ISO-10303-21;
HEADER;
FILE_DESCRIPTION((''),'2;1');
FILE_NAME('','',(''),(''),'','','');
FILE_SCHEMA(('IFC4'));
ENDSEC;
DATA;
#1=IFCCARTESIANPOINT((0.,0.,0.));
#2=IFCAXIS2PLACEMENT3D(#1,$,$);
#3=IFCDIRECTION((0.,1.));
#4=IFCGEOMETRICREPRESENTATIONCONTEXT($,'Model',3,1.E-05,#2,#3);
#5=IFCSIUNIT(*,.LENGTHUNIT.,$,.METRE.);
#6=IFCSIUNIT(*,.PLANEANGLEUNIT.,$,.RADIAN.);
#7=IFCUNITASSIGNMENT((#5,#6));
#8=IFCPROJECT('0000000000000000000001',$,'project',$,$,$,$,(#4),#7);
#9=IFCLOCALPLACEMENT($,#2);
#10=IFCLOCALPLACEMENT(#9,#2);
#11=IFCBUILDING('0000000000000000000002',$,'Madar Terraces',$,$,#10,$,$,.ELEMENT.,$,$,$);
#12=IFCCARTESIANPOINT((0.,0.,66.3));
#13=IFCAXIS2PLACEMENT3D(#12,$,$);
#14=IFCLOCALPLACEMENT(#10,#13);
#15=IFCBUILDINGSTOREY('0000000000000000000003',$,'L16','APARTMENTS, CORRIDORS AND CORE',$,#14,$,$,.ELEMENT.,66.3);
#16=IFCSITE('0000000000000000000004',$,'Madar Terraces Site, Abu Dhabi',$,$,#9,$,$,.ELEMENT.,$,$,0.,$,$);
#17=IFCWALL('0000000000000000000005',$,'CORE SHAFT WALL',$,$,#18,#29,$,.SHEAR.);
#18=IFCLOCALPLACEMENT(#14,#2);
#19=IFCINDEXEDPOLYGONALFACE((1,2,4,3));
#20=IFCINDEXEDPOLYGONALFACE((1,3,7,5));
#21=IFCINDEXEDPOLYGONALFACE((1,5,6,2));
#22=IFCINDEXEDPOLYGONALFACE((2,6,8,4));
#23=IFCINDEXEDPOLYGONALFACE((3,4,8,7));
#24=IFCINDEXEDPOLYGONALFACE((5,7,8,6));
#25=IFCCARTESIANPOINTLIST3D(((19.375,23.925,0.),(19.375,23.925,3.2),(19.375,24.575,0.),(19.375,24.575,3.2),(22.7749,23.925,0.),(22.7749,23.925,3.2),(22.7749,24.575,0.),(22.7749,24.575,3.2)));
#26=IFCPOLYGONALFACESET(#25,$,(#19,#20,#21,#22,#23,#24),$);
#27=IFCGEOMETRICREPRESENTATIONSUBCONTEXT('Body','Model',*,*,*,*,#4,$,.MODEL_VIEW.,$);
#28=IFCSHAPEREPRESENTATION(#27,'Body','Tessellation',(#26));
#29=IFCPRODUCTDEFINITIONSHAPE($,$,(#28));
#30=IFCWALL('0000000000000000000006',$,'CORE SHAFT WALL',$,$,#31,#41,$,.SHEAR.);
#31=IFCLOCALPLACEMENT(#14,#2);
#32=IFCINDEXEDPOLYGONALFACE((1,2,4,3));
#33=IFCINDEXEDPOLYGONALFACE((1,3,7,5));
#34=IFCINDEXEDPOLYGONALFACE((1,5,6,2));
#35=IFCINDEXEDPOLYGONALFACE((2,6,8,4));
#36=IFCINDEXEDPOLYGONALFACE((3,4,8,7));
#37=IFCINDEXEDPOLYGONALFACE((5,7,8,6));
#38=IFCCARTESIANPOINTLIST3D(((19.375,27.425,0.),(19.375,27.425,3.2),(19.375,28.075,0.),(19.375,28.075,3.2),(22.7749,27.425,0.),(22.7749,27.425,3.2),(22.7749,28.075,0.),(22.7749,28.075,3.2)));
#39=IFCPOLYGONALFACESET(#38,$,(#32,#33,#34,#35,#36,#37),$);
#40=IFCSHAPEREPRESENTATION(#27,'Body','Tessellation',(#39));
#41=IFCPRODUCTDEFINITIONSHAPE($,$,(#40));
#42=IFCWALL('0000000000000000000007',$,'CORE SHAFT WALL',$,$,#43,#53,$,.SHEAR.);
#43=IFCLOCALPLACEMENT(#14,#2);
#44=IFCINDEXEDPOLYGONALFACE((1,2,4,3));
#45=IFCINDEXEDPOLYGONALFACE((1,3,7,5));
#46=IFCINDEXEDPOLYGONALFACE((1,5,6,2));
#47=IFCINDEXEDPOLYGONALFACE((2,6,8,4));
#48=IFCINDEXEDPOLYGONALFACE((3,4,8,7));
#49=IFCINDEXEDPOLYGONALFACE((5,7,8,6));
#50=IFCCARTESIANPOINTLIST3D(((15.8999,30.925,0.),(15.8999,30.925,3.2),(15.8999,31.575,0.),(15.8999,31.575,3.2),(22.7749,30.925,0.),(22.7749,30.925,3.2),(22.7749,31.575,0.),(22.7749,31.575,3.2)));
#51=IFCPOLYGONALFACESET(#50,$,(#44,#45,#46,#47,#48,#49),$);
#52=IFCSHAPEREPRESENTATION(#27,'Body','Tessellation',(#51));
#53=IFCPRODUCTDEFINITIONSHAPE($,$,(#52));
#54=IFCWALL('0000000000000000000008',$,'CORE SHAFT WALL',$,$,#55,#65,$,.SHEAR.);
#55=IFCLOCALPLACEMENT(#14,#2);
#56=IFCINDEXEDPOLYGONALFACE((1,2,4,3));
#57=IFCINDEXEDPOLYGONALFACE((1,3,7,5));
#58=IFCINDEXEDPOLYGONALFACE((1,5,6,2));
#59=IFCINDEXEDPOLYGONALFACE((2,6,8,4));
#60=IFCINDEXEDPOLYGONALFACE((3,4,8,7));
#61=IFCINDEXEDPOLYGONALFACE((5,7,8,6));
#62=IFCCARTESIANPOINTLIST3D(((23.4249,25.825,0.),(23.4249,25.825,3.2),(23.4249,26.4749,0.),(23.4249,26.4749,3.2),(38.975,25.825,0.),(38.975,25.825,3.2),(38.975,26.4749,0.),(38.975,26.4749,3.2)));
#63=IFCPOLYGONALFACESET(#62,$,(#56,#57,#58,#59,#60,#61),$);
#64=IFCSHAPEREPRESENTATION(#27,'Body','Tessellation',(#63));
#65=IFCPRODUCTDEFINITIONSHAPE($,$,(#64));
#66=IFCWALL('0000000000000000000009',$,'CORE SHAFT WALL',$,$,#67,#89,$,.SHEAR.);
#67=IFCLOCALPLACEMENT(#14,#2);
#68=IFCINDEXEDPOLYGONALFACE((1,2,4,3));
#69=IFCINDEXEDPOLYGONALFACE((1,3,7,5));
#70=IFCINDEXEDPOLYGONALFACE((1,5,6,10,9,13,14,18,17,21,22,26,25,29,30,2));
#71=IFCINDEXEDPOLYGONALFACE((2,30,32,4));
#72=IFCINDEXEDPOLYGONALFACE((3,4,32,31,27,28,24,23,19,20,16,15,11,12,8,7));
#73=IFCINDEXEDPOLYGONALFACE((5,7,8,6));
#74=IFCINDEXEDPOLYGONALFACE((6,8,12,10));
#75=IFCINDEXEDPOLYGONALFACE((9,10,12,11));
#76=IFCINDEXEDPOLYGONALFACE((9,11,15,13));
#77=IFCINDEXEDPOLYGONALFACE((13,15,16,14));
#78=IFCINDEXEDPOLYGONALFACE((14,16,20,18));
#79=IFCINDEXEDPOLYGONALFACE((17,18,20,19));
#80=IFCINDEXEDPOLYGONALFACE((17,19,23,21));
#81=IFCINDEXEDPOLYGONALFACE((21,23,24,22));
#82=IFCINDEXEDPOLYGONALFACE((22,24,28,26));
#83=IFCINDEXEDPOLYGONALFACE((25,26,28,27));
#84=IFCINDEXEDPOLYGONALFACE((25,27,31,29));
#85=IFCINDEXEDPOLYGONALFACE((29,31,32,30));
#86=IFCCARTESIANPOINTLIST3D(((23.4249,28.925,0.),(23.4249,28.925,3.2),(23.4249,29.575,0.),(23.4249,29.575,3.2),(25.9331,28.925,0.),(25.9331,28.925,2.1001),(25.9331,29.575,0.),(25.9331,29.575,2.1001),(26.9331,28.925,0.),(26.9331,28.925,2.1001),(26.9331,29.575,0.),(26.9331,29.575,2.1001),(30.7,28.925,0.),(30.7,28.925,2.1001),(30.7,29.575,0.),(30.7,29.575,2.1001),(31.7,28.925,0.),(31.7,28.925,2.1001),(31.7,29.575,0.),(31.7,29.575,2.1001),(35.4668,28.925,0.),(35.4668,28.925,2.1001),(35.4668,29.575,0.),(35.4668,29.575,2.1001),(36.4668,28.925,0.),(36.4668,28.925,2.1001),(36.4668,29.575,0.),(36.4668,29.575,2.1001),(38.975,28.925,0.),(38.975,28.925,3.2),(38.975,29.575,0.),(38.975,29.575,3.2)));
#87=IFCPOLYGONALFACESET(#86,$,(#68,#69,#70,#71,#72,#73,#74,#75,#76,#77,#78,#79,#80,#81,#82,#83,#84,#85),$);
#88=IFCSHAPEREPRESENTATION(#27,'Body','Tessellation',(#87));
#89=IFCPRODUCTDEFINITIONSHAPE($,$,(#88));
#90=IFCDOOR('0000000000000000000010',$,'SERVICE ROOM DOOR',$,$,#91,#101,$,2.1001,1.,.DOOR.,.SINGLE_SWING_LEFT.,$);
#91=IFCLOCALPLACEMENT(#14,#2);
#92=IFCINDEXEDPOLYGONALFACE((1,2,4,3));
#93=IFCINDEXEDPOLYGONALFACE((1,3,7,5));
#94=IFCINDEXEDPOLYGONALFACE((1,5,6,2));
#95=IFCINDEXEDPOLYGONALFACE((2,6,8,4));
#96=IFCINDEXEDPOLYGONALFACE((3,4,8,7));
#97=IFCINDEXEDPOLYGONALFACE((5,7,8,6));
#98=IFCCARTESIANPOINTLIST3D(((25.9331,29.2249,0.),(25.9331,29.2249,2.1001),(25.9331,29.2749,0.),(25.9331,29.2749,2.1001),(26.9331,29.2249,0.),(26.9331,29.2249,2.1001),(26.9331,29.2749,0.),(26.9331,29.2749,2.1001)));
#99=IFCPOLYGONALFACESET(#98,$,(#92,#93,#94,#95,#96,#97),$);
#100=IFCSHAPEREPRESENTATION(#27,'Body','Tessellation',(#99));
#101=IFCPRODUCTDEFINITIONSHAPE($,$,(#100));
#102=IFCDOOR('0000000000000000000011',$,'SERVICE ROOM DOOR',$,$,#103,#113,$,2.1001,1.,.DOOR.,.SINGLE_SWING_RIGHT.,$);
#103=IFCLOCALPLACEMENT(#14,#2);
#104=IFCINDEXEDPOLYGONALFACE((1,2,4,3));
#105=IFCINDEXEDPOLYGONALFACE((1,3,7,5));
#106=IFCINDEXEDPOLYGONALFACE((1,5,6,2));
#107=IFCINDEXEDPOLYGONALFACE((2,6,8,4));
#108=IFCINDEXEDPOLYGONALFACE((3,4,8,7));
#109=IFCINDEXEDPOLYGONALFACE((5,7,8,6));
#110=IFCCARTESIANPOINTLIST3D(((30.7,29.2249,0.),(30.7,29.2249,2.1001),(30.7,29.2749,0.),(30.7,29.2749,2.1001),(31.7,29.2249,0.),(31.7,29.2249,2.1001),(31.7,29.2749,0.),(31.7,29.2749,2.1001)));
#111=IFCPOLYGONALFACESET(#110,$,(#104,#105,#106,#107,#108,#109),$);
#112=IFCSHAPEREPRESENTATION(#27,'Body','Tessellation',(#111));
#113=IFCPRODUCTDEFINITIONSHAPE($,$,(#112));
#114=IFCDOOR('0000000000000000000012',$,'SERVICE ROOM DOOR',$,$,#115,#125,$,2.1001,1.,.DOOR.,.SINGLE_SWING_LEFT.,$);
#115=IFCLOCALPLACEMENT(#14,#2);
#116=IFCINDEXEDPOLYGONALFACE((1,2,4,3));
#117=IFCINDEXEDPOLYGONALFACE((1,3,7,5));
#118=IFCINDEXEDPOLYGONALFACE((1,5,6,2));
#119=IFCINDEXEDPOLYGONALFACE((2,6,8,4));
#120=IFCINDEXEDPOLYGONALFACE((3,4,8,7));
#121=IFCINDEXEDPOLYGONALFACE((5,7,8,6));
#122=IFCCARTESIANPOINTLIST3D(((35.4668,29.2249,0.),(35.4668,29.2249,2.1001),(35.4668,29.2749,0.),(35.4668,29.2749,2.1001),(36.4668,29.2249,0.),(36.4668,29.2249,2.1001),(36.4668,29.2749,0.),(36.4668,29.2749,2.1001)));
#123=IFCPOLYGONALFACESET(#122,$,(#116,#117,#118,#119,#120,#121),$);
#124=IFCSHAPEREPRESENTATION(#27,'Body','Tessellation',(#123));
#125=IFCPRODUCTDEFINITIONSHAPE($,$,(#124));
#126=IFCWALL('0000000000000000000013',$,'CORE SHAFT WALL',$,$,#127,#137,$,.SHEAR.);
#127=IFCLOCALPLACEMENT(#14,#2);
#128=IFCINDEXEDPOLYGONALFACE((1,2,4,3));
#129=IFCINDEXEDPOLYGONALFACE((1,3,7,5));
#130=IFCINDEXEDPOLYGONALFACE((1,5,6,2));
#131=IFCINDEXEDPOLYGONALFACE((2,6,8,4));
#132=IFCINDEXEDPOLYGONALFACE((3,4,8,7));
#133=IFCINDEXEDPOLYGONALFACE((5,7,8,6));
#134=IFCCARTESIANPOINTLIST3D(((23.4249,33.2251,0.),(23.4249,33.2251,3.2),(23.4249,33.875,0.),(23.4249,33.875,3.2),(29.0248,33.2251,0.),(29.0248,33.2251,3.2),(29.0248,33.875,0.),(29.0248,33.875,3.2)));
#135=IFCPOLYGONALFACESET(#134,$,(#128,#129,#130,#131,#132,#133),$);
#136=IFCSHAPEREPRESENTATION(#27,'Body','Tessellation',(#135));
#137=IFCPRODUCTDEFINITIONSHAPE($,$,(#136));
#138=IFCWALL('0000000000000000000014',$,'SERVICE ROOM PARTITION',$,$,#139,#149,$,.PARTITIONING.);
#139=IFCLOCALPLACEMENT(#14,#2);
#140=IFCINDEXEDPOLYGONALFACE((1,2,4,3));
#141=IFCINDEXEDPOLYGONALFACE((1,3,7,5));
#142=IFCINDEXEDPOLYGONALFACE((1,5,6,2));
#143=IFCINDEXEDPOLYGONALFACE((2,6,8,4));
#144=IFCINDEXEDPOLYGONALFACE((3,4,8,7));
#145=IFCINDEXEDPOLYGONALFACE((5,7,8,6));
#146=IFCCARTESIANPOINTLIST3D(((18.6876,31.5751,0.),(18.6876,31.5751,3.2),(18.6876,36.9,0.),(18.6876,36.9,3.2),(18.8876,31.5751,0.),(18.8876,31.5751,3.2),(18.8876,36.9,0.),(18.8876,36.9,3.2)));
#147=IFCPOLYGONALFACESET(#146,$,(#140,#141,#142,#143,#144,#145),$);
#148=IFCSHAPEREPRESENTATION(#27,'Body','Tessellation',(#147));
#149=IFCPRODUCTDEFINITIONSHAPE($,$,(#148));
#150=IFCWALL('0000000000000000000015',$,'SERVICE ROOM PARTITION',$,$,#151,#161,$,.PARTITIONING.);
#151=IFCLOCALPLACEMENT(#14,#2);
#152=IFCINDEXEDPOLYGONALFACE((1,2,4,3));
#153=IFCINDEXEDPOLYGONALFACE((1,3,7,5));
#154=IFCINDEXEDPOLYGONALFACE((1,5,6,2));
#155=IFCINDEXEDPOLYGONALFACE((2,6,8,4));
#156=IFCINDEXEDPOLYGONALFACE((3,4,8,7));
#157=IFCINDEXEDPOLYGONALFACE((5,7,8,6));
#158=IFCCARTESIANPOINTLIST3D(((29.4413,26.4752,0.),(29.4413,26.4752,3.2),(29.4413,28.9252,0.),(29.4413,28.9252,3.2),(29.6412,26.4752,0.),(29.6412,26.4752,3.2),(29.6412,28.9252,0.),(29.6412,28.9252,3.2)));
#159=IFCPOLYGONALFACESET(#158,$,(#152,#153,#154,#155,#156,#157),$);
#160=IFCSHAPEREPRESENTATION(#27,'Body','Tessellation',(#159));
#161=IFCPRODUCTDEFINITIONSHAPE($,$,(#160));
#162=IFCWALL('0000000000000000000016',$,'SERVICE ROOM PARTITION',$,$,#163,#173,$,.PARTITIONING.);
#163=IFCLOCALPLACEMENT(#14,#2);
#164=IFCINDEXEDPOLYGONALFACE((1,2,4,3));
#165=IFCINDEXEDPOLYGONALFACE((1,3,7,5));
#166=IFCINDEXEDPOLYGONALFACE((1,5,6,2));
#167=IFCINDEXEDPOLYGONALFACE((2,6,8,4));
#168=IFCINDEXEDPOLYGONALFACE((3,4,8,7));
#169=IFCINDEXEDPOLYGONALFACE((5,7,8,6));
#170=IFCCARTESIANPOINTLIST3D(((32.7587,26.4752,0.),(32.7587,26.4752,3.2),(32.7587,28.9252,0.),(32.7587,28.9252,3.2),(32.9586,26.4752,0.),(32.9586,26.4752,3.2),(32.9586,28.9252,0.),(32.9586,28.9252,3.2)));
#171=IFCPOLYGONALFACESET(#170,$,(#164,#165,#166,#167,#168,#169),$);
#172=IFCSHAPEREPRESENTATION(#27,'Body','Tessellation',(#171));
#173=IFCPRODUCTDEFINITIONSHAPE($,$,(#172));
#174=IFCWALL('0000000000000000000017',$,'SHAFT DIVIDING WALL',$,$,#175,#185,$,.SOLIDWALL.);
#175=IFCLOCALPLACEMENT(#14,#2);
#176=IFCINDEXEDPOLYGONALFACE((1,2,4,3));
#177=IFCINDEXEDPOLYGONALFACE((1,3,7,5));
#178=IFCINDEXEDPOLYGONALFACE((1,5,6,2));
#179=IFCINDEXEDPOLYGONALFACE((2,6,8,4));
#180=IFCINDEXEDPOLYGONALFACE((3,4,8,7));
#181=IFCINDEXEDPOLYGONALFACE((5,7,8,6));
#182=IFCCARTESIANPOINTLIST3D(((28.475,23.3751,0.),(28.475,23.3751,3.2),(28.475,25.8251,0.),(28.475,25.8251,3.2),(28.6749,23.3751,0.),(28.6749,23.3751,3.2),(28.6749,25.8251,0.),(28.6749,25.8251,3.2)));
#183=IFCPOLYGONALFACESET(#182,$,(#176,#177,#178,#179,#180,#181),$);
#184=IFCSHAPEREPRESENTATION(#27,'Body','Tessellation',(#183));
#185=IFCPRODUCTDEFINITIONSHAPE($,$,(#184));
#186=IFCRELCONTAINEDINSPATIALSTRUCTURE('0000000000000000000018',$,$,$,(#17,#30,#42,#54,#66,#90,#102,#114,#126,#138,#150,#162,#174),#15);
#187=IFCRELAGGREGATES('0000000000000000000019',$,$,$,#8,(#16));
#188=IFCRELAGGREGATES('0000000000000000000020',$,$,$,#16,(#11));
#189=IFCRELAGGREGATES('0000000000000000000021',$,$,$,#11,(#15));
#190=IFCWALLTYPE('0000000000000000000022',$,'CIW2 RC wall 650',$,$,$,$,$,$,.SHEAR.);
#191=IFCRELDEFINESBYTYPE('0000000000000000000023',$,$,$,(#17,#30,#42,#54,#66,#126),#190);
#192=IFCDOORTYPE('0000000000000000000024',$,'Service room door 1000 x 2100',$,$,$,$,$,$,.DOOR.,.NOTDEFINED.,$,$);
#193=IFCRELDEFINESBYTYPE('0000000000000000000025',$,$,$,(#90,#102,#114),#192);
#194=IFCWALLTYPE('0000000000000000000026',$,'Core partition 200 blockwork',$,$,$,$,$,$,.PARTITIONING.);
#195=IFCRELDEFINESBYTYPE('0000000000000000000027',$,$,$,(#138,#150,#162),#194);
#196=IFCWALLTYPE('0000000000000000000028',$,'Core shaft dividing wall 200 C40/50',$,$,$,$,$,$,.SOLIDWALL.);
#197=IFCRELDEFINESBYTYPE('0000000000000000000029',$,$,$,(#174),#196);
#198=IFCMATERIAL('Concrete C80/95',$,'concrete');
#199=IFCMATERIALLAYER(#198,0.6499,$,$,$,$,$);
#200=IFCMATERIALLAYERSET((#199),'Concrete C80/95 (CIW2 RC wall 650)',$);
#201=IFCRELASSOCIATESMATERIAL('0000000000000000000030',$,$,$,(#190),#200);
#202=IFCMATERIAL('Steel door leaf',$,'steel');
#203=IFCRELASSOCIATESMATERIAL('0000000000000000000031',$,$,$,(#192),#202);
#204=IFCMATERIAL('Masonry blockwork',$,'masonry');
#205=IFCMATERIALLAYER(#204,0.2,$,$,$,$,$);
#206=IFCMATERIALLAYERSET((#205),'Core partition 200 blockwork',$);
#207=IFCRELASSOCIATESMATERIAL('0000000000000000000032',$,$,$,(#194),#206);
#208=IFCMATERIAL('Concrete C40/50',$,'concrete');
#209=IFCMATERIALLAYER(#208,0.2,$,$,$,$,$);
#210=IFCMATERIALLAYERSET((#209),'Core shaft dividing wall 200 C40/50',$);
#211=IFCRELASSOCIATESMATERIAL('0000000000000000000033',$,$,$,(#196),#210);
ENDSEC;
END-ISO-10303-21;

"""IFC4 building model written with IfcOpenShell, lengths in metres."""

from ifc_helpers import new_model, si_unit, direction, frame, frame_2d, origin, place, context, subcontext, project, spatial, rectangle, extrude, material, layer, layer_set, type_object, element, fill, save


model = new_model("IFC4")

# Units and contexts
model_context = context("Model", 3, precision=1e-05, world=origin(), true_north=direction((0.0, 1.0)))
body_context = subcontext(model_context, "Body", "Model", "MODEL_VIEW")
ifc_project = project(units=[si_unit("LENGTHUNIT", "METRE"), si_unit("PLANEANGLEUNIT", "RADIAN")], contexts=[model_context])

# Site, building, storey
site_placement = place(None, origin())
site = spatial("IfcSite", under=ifc_project, at=site_placement, Name="Madar Terraces Site, Abu Dhabi", CompositionType="ELEMENT", RefElevation=0.0)
building_placement = place(site_placement, origin())
building = spatial("IfcBuilding", under=site, at=building_placement, Name="Madar Terraces", CompositionType="ELEMENT")
storey_placement = place(building_placement, frame((0.0, 0.0, 66.3)))
storey = spatial("IfcBuildingStorey", under=building, at=storey_placement, Name="L16", Description="APARTMENTS, CORRIDORS AND CORE", CompositionType="ELEMENT", Elevation=66.3)

# Walls
ifc_material_1 = material(Name="Concrete C80/95", Category="concrete")
ifc_layer_1 = layer(ifc_material_1, 0.6499)
ifc_layer_set_1 = layer_set([ifc_layer_1], Name="Concrete C80/95 (CIW2 RC wall 650)")
wall_type_1 = type_object("IfcWallType", Name="CIW2 RC wall 650", PredefinedType="SHEAR", material=ifc_layer_set_1)
for number, where, z_axis, x_axis, name in (
    (1, (19.375, 24.25, 0.0), (0.0, 0.0, 1.0), (1.0, 0.0, 0.0), "CORE SHAFT WALL"),
    (2, (19.375, 27.75, 0.0), (0.0, 0.0, 1.0), (1.0, 0.0, 0.0), "CORE SHAFT WALL"),
):
    element("IfcWall", number, at=place(storey_placement, frame(where, z_axis=z_axis, x_axis=x_axis)), inside=storey, type_object=wall_type_1, Name=name, PredefinedType="SHEAR", context=body_context, shape_type="SweptSolid", body=[
        extrude(rectangle(XDim=3.3999, YDim=0.6499, at=frame_2d((1.7, 0.0))), origin(), (0.0, 0.0, 1.0), 3.2),
    ])
wall_1_placement = place(storey_placement, frame((15.8999, 31.25, 0.0), z_axis=(0.0, 0.0, 1.0), x_axis=(1.0, 0.0, 0.0)))
element("IfcWall", 3, at=wall_1_placement, inside=storey, type_object=wall_type_1, Name="CORE SHAFT WALL", PredefinedType="SHEAR", context=body_context, shape_type="SweptSolid", body=[
    extrude(rectangle(XDim=6.875, YDim=0.6499, at=frame_2d((3.4375, 0.0))), origin(), (0.0, 0.0, 1.0), 3.2),
])
wall_2_placement = place(storey_placement, frame((23.425, 26.1499, 0.0), z_axis=(0.0, 0.0, 1.0), x_axis=(1.0, 0.0, 0.0)))
element("IfcWall", 4, at=wall_2_placement, inside=storey, type_object=wall_type_1, Name="CORE SHAFT WALL", PredefinedType="SHEAR", context=body_context, shape_type="SweptSolid", body=[
    extrude(rectangle(XDim=15.55, YDim=0.6499, at=frame_2d((7.7749, 0.0))), origin(), (0.0, 0.0, 1.0), 3.2),
])

# Wall, openings, doors
wall_3_placement = place(storey_placement, frame((23.425, 29.25, 0.0), z_axis=(0.0, 0.0, 1.0), x_axis=(1.0, 0.0, 0.0)))
wall_3 = element("IfcWall", 5, at=wall_3_placement, inside=storey, type_object=wall_type_1, Name="CORE SHAFT WALL", PredefinedType="SHEAR", context=body_context, shape_type="SweptSolid", body=[
    extrude(rectangle(XDim=15.55, YDim=0.6499, at=frame_2d((7.7749, 0.0))), origin(), (0.0, 0.0, 1.0), 3.2),
])
opening_1_placement = place(wall_3_placement, frame((2.5081, 0.0, 0.0)))
opening_1 = element("IfcOpeningElement", 6, at=opening_1_placement, cuts=wall_3, PredefinedType="OPENING", context=body_context, shape_type="SweptSolid", body=[
    extrude(rectangle(XDim=1.0, YDim=2.1001, at=frame_2d((0.5, 1.05))), frame((0.0, 0.335, 0.0), z_axis=(0.0, -1.0, 0.0), x_axis=(1.0, 0.0, 0.0)), (0.0, 0.0, 1.0), 0.6699),
])
opening_2_placement = place(wall_3_placement, frame((7.2749, 0.0, 0.0)))
opening_2 = element("IfcOpeningElement", 7, at=opening_2_placement, cuts=wall_3, PredefinedType="OPENING", context=body_context, shape_type="SweptSolid", body=[
    extrude(rectangle(XDim=1.0, YDim=2.1001, at=frame_2d((0.5, 1.05))), frame((0.0, 0.335, 0.0), z_axis=(0.0, -1.0, 0.0), x_axis=(1.0, 0.0, 0.0)), (0.0, 0.0, 1.0), 0.6699),
])
opening_3_placement = place(wall_3_placement, frame((12.0417, 0.0, 0.0)))
opening_3 = element("IfcOpeningElement", 8, at=opening_3_placement, cuts=wall_3, PredefinedType="OPENING", context=body_context, shape_type="SweptSolid", body=[
    extrude(rectangle(XDim=1.0, YDim=2.1001, at=frame_2d((0.5, 1.05))), frame((0.0, 0.335, 0.0), z_axis=(0.0, -1.0, 0.0), x_axis=(1.0, 0.0, 0.0)), (0.0, 0.0, 1.0), 0.6699),
])
ifc_material_2 = material(Name="Steel door leaf", Category="steel")
door_type = type_object("IfcDoorType", Name="Service room door 1000 x 2100", OperationType="NOTDEFINED", PredefinedType="DOOR", material=ifc_material_2)
door_1_placement = place(opening_1_placement, origin())
door_1 = element("IfcDoor", 9, at=door_1_placement, inside=storey, type_object=door_type, Name="SERVICE ROOM DOOR", OperationType="SINGLE_SWING_LEFT", OverallHeight=2.1001, OverallWidth=1.0, PredefinedType="DOOR", context=body_context, shape_type="SweptSolid", body=[
    extrude(rectangle(XDim=1.0, YDim=2.1001, at=frame_2d((0.5, 1.05))), frame((0.0, 0.0249, 0.0), z_axis=(0.0, -1.0, 0.0), x_axis=(1.0, 0.0, 0.0)), (0.0, 0.0, 1.0), 0.05),
])
fill(opening_1, door_1)
door_2_placement = place(opening_2_placement, origin())
door_2 = element("IfcDoor", 10, at=door_2_placement, inside=storey, type_object=door_type, Name="SERVICE ROOM DOOR", OperationType="SINGLE_SWING_RIGHT", OverallHeight=2.1001, OverallWidth=1.0, PredefinedType="DOOR", context=body_context, shape_type="SweptSolid", body=[
    extrude(rectangle(XDim=1.0, YDim=2.1001, at=frame_2d((0.5, 1.05))), frame((0.0, 0.0249, 0.0), z_axis=(0.0, -1.0, 0.0), x_axis=(1.0, 0.0, 0.0)), (0.0, 0.0, 1.0), 0.05),
])
fill(opening_2, door_2)
door_3_placement = place(opening_3_placement, origin())
door_3 = element("IfcDoor", 11, at=door_3_placement, inside=storey, type_object=door_type, Name="SERVICE ROOM DOOR", OperationType="SINGLE_SWING_LEFT", OverallHeight=2.1001, OverallWidth=1.0, PredefinedType="DOOR", context=body_context, shape_type="SweptSolid", body=[
    extrude(rectangle(XDim=1.0, YDim=2.1001, at=frame_2d((0.5, 1.05))), frame((0.0, 0.0249, 0.0), z_axis=(0.0, -1.0, 0.0), x_axis=(1.0, 0.0, 0.0)), (0.0, 0.0, 1.0), 0.05),
])
fill(opening_3, door_3)

# Walls
wall_4_placement = place(storey_placement, frame((23.425, 33.55, 0.0), z_axis=(0.0, 0.0, 1.0), x_axis=(1.0, 0.0, 0.0)))
element("IfcWall", 12, at=wall_4_placement, inside=storey, type_object=wall_type_1, Name="CORE SHAFT WALL", PredefinedType="SHEAR", context=body_context, shape_type="SweptSolid", body=[
    extrude(rectangle(XDim=5.5999, YDim=0.6499, at=frame_2d((2.7998, 0.0))), origin(), (0.0, 0.0, 1.0), 3.2),
])
ifc_material_3 = material(Name="Masonry blockwork", Category="masonry")
ifc_layer_2 = layer(ifc_material_3, 0.2)
ifc_layer_set_2 = layer_set([ifc_layer_2], Name="Core partition 200 blockwork")
wall_type_2 = type_object("IfcWallType", Name="Core partition 200 blockwork", PredefinedType="PARTITIONING", material=ifc_layer_set_2)
wall_5_placement = place(storey_placement, frame((18.7876, 31.575, 0.0), z_axis=(0.0, 0.0, 1.0), x_axis=(0.0, 1.0, 0.0)))
element("IfcWall", 13, at=wall_5_placement, inside=storey, type_object=wall_type_2, Name="SERVICE ROOM PARTITION", PredefinedType="PARTITIONING", context=body_context, shape_type="SweptSolid", body=[
    extrude(rectangle(XDim=5.325, YDim=0.2, at=frame_2d((2.6626, 0.0))), origin(), (0.0, 0.0, 1.0), 3.2),
])
for number, where, z_axis, x_axis, name in (
    (14, (29.5413, 26.4751, 0.0), (0.0, 0.0, 1.0), (0.0, 1.0, 0.0), "SERVICE ROOM PARTITION"),
    (15, (32.8586, 26.4751, 0.0), (0.0, 0.0, 1.0), (0.0, 1.0, 0.0), "SERVICE ROOM PARTITION"),
):
    element("IfcWall", number, at=place(storey_placement, frame(where, z_axis=z_axis, x_axis=x_axis)), inside=storey, type_object=wall_type_2, Name=name, PredefinedType="PARTITIONING", context=body_context, shape_type="SweptSolid", body=[
        extrude(rectangle(XDim=2.45, YDim=0.2, at=frame_2d((1.2251, 0.0))), origin(), (0.0, 0.0, 1.0), 3.2),
    ])
ifc_material_4 = material(Name="Concrete C40/50", Category="concrete")
ifc_layer_3 = layer(ifc_material_4, 0.2)
ifc_layer_set_3 = layer_set([ifc_layer_3], Name="Core shaft dividing wall 200 C40/50")
wall_type_3 = type_object("IfcWallType", Name="Core shaft dividing wall 200 C40/50", PredefinedType="SOLIDWALL", material=ifc_layer_set_3)
for number, where, z_axis, x_axis, name in (
    (16, (28.575, 23.375, 0.0), (0.0, 0.0, 1.0), (0.0, 1.0, 0.0), "SHAFT DIVIDING WALL"),
):
    element("IfcWall", number, at=place(storey_placement, frame(where, z_axis=z_axis, x_axis=x_axis)), inside=storey, type_object=wall_type_3, Name=name, PredefinedType="SOLIDWALL", context=body_context, shape_type="SweptSolid", body=[
        extrude(rectangle(XDim=2.45, YDim=0.2, at=frame_2d((1.2251, 0.0))), origin(), (0.0, 0.0, 1.0), 3.2),
    ])

save(model, "model.ifc")
